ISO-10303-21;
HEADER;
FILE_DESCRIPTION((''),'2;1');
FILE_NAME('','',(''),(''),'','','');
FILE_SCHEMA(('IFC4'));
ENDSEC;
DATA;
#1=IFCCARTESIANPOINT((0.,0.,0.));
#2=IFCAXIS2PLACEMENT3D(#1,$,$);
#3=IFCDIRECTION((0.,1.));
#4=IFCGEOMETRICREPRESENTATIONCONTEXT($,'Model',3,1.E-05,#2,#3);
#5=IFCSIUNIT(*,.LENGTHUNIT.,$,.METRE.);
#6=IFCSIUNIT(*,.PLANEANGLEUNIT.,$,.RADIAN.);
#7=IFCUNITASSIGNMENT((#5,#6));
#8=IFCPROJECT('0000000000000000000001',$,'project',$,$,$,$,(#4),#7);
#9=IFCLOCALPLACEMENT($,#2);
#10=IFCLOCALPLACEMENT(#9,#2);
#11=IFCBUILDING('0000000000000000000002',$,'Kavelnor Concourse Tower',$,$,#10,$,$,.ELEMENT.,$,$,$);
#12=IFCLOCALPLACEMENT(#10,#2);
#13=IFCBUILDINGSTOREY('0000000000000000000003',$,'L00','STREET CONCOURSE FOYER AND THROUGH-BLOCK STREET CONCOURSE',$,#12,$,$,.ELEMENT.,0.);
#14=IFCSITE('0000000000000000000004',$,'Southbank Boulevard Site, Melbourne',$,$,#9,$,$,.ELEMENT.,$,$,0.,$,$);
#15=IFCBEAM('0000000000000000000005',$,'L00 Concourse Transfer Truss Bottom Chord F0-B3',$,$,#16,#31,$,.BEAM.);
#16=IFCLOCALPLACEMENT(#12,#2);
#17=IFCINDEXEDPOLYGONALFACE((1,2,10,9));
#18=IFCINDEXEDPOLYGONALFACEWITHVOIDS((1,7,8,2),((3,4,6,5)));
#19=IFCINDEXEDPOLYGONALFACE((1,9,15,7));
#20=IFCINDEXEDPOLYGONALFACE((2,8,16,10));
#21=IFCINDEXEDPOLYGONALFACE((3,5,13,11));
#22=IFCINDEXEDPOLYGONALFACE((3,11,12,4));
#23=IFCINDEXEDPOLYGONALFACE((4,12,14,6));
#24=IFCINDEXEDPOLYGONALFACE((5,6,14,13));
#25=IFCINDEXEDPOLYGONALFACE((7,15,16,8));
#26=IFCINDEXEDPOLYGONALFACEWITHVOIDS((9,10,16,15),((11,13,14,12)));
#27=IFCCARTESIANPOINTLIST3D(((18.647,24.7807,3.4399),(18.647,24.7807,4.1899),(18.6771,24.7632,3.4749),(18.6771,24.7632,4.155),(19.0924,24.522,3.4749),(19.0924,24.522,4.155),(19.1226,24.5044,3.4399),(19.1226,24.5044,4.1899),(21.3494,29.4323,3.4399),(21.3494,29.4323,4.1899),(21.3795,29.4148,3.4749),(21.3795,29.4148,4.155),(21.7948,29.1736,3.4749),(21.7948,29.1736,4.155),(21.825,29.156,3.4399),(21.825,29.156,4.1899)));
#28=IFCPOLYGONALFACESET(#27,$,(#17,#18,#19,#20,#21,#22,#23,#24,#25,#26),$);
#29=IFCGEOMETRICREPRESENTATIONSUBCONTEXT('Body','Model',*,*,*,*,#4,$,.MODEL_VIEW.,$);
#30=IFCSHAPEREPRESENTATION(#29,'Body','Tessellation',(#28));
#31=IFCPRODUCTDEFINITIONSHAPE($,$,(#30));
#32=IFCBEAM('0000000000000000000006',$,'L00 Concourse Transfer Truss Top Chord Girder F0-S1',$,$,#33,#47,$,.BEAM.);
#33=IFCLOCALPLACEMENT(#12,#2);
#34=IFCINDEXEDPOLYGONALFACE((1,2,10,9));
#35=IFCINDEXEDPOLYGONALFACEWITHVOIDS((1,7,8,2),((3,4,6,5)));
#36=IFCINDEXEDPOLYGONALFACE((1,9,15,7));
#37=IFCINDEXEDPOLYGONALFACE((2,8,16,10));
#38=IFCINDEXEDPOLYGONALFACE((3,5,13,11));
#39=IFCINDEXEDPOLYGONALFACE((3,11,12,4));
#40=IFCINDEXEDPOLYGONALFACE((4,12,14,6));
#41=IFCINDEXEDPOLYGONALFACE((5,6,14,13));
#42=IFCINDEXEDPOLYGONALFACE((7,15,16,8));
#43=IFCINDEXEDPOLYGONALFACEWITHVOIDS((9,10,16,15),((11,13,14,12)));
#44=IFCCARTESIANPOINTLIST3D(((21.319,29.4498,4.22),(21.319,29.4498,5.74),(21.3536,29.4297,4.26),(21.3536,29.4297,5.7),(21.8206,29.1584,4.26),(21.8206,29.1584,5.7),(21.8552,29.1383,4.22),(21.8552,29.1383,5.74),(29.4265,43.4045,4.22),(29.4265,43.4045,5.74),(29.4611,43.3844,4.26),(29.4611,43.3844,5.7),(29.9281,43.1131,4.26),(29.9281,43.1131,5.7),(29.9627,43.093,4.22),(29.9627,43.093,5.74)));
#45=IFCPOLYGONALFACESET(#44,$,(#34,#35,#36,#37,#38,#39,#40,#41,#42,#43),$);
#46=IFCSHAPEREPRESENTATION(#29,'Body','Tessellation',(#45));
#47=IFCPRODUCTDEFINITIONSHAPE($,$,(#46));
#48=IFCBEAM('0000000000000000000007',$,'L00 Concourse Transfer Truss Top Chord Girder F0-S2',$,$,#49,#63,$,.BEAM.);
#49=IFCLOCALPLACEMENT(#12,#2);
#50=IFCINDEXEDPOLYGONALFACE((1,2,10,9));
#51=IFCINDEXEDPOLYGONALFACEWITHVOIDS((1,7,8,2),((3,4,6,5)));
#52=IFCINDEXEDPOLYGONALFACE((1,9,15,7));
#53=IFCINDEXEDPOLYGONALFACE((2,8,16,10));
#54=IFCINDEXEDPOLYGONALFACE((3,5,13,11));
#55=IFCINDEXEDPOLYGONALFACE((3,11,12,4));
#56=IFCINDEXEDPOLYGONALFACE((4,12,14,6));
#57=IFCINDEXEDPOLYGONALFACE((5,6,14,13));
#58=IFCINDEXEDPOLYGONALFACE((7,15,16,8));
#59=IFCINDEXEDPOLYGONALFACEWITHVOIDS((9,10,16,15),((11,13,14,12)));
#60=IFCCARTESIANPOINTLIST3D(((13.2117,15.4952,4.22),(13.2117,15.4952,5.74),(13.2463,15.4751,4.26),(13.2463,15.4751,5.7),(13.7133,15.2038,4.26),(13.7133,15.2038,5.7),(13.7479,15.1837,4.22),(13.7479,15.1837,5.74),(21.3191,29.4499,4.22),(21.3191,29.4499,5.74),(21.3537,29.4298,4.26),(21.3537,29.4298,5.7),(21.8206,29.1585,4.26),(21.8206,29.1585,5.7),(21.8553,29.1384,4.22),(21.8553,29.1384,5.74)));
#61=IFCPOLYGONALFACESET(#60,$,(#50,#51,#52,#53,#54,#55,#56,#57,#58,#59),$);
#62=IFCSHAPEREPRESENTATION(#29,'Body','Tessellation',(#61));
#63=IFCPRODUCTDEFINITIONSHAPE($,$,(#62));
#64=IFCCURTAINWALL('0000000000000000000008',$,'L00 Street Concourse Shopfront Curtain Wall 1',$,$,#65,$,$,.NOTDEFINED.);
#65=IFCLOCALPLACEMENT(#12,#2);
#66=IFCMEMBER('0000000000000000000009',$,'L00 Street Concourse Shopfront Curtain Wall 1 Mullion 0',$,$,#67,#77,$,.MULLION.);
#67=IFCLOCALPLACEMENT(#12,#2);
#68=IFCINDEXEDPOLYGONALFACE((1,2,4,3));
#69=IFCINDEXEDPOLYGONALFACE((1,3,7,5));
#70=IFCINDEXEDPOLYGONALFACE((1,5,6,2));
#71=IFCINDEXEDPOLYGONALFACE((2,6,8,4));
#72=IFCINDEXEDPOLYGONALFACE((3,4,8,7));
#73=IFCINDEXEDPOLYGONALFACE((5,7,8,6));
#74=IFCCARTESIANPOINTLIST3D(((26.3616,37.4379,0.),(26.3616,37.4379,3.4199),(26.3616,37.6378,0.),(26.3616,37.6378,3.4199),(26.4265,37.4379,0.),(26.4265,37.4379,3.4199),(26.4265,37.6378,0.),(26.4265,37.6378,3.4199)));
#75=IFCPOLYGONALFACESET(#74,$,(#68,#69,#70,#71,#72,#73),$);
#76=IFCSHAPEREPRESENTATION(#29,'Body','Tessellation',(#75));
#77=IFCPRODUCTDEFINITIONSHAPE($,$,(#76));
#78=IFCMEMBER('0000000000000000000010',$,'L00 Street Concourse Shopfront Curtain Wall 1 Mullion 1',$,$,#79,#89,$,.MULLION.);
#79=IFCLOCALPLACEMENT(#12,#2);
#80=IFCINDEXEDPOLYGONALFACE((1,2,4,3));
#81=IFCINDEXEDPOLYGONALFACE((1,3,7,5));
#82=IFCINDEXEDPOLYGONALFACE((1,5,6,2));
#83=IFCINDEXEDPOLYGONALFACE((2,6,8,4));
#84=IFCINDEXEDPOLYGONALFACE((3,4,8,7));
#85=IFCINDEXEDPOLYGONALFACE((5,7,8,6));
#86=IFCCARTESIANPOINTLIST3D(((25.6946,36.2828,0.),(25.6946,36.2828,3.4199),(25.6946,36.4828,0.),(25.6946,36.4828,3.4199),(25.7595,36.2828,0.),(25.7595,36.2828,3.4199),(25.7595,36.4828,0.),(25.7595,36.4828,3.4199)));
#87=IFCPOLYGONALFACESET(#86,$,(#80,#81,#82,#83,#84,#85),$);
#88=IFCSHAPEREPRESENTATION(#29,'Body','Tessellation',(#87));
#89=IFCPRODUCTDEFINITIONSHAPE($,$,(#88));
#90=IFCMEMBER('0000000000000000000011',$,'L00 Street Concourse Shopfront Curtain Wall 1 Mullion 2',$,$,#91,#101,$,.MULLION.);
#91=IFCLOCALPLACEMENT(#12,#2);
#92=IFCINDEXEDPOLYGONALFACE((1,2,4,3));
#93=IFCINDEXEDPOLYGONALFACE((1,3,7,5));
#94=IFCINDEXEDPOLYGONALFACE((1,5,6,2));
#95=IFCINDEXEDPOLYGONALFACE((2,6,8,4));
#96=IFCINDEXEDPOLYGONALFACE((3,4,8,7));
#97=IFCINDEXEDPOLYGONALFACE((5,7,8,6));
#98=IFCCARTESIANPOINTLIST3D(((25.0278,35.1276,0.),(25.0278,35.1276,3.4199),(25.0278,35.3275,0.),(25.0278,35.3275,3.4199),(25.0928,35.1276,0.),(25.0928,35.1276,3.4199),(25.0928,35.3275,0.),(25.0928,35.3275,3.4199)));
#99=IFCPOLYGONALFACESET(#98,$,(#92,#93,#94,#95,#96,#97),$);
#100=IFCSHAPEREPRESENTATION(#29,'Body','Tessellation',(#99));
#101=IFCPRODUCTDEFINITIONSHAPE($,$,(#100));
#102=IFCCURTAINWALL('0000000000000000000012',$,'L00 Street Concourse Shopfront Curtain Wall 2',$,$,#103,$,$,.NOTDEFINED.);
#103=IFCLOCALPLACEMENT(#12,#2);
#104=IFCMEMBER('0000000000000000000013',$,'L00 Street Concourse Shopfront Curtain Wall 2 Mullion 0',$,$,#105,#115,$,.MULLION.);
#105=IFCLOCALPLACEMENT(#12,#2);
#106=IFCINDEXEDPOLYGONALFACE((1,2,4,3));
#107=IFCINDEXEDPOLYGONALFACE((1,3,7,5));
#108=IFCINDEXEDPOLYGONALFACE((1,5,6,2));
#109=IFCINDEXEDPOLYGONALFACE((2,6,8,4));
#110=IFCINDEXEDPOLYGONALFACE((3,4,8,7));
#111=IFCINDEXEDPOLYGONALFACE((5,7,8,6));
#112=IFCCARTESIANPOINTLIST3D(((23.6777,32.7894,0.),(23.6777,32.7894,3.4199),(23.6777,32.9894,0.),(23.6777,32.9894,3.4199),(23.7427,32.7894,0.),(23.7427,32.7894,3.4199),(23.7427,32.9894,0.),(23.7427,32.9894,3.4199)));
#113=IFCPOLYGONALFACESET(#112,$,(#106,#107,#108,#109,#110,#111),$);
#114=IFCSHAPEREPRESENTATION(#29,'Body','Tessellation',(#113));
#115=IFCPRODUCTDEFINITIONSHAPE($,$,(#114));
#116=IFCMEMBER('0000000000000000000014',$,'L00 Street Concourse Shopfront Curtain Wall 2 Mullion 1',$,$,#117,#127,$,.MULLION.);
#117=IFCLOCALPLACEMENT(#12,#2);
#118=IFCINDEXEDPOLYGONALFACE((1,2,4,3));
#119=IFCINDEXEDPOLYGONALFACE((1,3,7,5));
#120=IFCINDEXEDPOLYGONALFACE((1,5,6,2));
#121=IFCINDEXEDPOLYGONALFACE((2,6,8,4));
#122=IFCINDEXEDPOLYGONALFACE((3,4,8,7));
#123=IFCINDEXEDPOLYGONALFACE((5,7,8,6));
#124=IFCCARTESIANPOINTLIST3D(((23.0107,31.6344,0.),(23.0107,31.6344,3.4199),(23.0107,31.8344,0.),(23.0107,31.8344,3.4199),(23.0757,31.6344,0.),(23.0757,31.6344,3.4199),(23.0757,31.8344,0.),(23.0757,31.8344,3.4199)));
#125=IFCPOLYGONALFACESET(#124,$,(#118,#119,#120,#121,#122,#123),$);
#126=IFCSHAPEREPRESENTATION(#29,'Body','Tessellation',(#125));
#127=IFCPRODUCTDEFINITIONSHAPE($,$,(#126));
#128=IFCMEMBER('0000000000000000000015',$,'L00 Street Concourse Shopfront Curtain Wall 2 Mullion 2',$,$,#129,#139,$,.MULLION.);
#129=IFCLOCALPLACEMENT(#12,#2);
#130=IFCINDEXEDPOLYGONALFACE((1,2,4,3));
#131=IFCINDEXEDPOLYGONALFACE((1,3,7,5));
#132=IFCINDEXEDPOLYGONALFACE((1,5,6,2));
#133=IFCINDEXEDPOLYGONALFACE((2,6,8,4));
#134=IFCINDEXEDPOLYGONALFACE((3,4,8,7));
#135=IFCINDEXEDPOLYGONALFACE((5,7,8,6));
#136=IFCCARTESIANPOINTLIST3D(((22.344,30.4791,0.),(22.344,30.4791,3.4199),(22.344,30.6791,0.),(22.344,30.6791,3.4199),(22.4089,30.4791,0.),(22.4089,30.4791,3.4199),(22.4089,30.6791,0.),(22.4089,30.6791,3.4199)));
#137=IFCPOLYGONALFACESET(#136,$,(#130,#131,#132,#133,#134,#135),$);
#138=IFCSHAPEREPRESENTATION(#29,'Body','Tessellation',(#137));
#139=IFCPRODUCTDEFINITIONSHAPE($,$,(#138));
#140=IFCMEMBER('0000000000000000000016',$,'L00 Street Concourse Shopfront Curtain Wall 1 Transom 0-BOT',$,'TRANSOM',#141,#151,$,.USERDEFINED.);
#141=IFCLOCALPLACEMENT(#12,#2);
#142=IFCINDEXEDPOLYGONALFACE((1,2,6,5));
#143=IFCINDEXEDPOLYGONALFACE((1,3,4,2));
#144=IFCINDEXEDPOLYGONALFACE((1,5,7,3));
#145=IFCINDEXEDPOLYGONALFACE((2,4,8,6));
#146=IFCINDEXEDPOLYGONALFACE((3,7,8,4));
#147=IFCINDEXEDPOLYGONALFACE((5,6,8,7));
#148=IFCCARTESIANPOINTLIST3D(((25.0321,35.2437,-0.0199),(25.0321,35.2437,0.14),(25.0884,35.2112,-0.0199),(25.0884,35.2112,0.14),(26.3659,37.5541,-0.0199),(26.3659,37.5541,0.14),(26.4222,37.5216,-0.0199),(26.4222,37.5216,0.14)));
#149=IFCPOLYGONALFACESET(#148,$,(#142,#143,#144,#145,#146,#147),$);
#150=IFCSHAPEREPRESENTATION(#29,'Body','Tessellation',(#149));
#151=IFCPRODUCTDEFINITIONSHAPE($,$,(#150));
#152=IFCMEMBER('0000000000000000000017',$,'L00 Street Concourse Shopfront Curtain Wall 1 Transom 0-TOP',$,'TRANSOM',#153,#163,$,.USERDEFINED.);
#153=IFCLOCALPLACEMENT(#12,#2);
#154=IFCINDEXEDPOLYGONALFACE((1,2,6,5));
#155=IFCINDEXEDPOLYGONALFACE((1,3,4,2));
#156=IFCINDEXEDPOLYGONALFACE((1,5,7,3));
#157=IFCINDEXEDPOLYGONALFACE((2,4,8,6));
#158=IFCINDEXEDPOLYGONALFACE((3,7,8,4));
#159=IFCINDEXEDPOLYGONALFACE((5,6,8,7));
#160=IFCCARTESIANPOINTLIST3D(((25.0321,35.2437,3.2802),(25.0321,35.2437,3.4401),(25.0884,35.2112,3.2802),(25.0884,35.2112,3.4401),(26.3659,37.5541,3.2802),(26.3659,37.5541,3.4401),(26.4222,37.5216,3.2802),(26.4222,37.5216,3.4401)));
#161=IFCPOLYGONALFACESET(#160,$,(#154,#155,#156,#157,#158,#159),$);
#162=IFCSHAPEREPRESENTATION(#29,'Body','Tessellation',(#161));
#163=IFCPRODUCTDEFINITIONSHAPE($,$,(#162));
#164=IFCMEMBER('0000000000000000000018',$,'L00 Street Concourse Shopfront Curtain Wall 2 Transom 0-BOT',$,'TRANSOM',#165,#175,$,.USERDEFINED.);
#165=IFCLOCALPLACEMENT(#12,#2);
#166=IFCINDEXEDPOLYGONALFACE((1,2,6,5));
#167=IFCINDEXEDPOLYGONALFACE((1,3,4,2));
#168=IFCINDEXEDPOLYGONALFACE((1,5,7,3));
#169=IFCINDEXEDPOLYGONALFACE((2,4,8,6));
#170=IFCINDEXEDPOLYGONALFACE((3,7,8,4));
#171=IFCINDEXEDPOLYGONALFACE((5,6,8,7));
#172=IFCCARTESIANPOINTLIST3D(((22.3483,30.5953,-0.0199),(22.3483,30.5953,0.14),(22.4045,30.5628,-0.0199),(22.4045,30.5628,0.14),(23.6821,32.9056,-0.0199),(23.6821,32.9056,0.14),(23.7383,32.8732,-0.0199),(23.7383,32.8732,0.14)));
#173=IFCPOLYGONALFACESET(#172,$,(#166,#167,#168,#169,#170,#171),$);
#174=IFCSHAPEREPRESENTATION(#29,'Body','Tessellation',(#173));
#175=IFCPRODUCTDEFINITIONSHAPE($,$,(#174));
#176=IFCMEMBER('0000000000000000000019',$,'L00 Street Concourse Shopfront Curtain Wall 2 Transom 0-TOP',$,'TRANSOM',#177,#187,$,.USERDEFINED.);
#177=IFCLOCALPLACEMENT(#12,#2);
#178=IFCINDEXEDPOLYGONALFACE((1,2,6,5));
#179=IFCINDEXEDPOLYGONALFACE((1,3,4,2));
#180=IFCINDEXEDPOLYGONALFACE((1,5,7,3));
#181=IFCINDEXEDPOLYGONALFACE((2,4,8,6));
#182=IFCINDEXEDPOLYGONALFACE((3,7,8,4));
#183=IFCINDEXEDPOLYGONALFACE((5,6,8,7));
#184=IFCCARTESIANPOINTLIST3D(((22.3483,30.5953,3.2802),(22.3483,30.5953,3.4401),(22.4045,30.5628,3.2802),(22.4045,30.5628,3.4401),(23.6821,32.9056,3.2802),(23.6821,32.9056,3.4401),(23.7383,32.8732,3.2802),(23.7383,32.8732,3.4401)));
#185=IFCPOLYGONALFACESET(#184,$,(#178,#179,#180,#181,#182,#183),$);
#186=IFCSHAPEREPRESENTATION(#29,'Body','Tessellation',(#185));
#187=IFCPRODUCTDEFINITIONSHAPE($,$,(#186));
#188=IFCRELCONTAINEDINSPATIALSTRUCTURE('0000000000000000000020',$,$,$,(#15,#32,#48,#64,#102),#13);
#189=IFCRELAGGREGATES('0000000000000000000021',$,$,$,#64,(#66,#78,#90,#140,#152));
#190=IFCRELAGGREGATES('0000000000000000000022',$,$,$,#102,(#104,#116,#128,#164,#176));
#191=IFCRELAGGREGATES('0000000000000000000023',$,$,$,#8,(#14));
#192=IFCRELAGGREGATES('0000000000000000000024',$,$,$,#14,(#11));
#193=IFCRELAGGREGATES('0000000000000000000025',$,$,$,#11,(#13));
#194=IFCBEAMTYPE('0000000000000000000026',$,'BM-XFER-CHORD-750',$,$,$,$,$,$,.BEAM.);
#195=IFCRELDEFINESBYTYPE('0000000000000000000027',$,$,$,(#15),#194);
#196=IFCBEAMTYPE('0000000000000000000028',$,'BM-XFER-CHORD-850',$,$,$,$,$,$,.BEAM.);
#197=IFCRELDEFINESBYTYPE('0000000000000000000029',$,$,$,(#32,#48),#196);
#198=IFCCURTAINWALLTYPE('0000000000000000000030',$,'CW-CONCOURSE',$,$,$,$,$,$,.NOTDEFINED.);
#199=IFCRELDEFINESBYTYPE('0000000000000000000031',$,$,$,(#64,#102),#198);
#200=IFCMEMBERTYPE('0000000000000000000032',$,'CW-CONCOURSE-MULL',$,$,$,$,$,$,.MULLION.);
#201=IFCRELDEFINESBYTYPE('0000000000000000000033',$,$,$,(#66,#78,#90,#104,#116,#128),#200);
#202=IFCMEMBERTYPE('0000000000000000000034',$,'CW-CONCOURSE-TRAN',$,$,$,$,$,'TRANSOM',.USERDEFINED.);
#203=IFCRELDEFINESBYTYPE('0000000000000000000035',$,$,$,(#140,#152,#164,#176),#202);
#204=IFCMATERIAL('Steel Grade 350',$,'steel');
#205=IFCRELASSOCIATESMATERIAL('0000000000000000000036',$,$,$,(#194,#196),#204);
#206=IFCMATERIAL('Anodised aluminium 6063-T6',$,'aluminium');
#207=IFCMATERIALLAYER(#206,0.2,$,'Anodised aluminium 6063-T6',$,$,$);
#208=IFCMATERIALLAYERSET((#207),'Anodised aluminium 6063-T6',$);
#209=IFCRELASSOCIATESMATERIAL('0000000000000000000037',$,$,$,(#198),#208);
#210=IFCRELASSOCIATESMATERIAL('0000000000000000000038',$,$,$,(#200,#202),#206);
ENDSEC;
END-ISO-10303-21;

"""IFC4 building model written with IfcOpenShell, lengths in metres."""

from ifc_helpers import new_model, si_unit, direction, frame, origin, origin_2d, place, context, subcontext, project, spatial, rectangle, hollow_rectangle, extrude, material, layer, layer_set, material_profile, profile_set, type_object, element, aggregate, save


model = new_model("IFC4")

# Units and contexts
model_context = context("Model", 3, precision=1e-05, world=origin(), true_north=direction((0.0, 1.0)))
body_context = subcontext(model_context, "Body", "Model", "MODEL_VIEW")
ifc_project = project(units=[si_unit("LENGTHUNIT", "METRE"), si_unit("PLANEANGLEUNIT", "RADIAN")], contexts=[model_context])

# Site, building, storey
site_placement = place(None, origin())
site = spatial("IfcSite", under=ifc_project, at=site_placement, Name="Southbank Boulevard Site, Melbourne", CompositionType="ELEMENT", RefElevation=0.0)
building_placement = place(site_placement, origin())
building = spatial("IfcBuilding", under=site, at=building_placement, Name="Kavelnor Concourse Tower", CompositionType="ELEMENT")
storey_placement = place(building_placement, origin())
storey = spatial("IfcBuildingStorey", under=building, at=storey_placement, Name="L00", Description="STREET CONCOURSE FOYER AND THROUGH-BLOCK STREET CONCOURSE", CompositionType="ELEMENT", Elevation=0.0)

# Shared definitions
ifc_material_1 = material(Name="Steel Grade 350", Category="steel")

# Beams
ifc_material_profile_1 = material_profile(ifc_material_1, hollow_rectangle(XDim=0.55, YDim=0.75, WallThickness=0.0349, at=origin_2d()), Name="RHS 750x550x35")
ifc_profile_set_1 = profile_set([ifc_material_profile_1], Name="Steel Grade 350")
beam_type_1 = type_object("IfcBeamType", Name="BM-XFER-CHORD-750", PredefinedType="BEAM", material=ifc_profile_set_1)
for number, where, z_axis, x_axis, name in (
    (1, (21.5872, 29.2942, 3.8149), (-0.502338, -0.864671, 0.0), (0.864671, -0.502338, 0.0), "L00 Concourse Transfer Truss Bottom Chord F0-B3"),
):
    element("IfcBeam", number, at=place(storey_placement, frame(where, z_axis=z_axis, x_axis=x_axis)), inside=storey, type_object=beam_type_1, Name=name, PredefinedType="BEAM", context=body_context, shape_type="SweptSolid", body=[
        extrude(hollow_rectangle(XDim=0.55, YDim=0.75, WallThickness=0.0349, at=origin_2d()), origin(), (0.0, 0.0, 1.0), 5.3796),
    ])
ifc_material_profile_2 = material_profile(ifc_material_1, hollow_rectangle(XDim=0.6201, YDim=1.52, WallThickness=0.04, at=origin_2d()), Name="RHS 1520x620x40")
ifc_profile_set_2 = profile_set([ifc_material_profile_2], Name="Steel Grade 350")
beam_type_2 = type_object("IfcBeamType", Name="BM-XFER-CHORD-850", PredefinedType="BEAM", material=ifc_profile_set_2)
for number, where, z_axis, x_axis, name in (
    (2, (29.6946, 43.2488, 4.98), (-0.502356, -0.864661, 0.0), (0.864661, -0.502356, 0.0), "L00 Concourse Transfer Truss Top Chord Girder F0-S1"),
    (3, (21.5872, 29.2942, 4.98), (-0.502349, -0.864665, 0.0), (0.864665, -0.502349, 0.0), "L00 Concourse Transfer Truss Top Chord Girder F0-S2"),
):
    element("IfcBeam", number, at=place(storey_placement, frame(where, z_axis=z_axis, x_axis=x_axis)), inside=storey, type_object=beam_type_2, Name=name, PredefinedType="BEAM", context=body_context, shape_type="SweptSolid", body=[
        extrude(hollow_rectangle(XDim=0.6201, YDim=1.52, WallThickness=0.04, at=origin_2d()), origin(), (0.0, 0.0, 1.0), 16.1389),
    ])

# Curtain walls, members
ifc_material_2 = material(Name="Anodised aluminium 6063-T6", Category="aluminium")
ifc_layer_1 = layer(ifc_material_2, 0.2, Name="Anodised aluminium 6063-T6")
ifc_layer_set_1 = layer_set([ifc_layer_1], Name="Anodised aluminium 6063-T6")
curtain_wall_type = type_object("IfcCurtainWallType", Name="CW-CONCOURSE", PredefinedType="NOTDEFINED", material=ifc_layer_set_1)
curtain_wall_1_placement = place(storey_placement, origin())
curtain_wall_1 = element("IfcCurtainWall", 4, at=curtain_wall_1_placement, inside=storey, type_object=curtain_wall_type, Name="L00 Street Concourse Shopfront Curtain Wall 1", PredefinedType="NOTDEFINED")
ifc_material_profile_3 = material_profile(ifc_material_2, rectangle(XDim=0.0649, YDim=0.2, at=origin_2d()), Name="AL-MULL 65x200")
ifc_profile_set_3 = profile_set([ifc_material_profile_3], Name="Anodised aluminium 6063-T6")
member_type_1 = type_object("IfcMemberType", Name="CW-CONCOURSE-MULL", PredefinedType="MULLION", material=ifc_profile_set_3)
member_1_placement = place(storey_placement, frame((26.394, 37.5378, 0.0), z_axis=(0.0, 0.0, 1.0), x_axis=(1.0, 0.0, 0.0)))
member_1 = element("IfcMember", 5, at=member_1_placement, type_object=member_type_1, Name="L00 Street Concourse Shopfront Curtain Wall 1 Mullion 0", PredefinedType="MULLION", context=body_context, shape_type="SweptSolid", body=[
    extrude(rectangle(XDim=0.0649, YDim=0.2, at=origin_2d()), origin(), (0.0, 0.0, 1.0), 3.4199),
])
member_2_placement = place(storey_placement, frame((25.7271, 36.3828, 0.0), z_axis=(0.0, 0.0, 1.0), x_axis=(1.0, 0.0, 0.0)))
member_2 = element("IfcMember", 6, at=member_2_placement, type_object=member_type_1, Name="L00 Street Concourse Shopfront Curtain Wall 1 Mullion 1", PredefinedType="MULLION", context=body_context, shape_type="SweptSolid", body=[
    extrude(rectangle(XDim=0.0649, YDim=0.2, at=origin_2d()), origin(), (0.0, 0.0, 1.0), 3.4199),
])
member_3_placement = place(storey_placement, frame((25.0603, 35.2275, 0.0), z_axis=(0.0, 0.0, 1.0), x_axis=(1.0, 0.0, 0.0)))
member_3 = element("IfcMember", 7, at=member_3_placement, type_object=member_type_1, Name="L00 Street Concourse Shopfront Curtain Wall 1 Mullion 2", PredefinedType="MULLION", context=body_context, shape_type="SweptSolid", body=[
    extrude(rectangle(XDim=0.0649, YDim=0.2, at=origin_2d()), origin(), (0.0, 0.0, 1.0), 3.4199),
])
curtain_wall_2_placement = place(storey_placement, origin())
curtain_wall_2 = element("IfcCurtainWall", 8, at=curtain_wall_2_placement, inside=storey, type_object=curtain_wall_type, Name="L00 Street Concourse Shopfront Curtain Wall 2", PredefinedType="NOTDEFINED")
member_4_placement = place(storey_placement, frame((23.7102, 32.8894, 0.0), z_axis=(0.0, 0.0, 1.0), x_axis=(1.0, 0.0, 0.0)))
member_4 = element("IfcMember", 9, at=member_4_placement, type_object=member_type_1, Name="L00 Street Concourse Shopfront Curtain Wall 2 Mullion 0", PredefinedType="MULLION", context=body_context, shape_type="SweptSolid", body=[
    extrude(rectangle(XDim=0.0649, YDim=0.2, at=origin_2d()), origin(), (0.0, 0.0, 1.0), 3.4199),
])
member_5_placement = place(storey_placement, frame((23.0432, 31.7344, 0.0), z_axis=(0.0, 0.0, 1.0), x_axis=(1.0, 0.0, 0.0)))
member_5 = element("IfcMember", 10, at=member_5_placement, type_object=member_type_1, Name="L00 Street Concourse Shopfront Curtain Wall 2 Mullion 1", PredefinedType="MULLION", context=body_context, shape_type="SweptSolid", body=[
    extrude(rectangle(XDim=0.0649, YDim=0.2, at=origin_2d()), origin(), (0.0, 0.0, 1.0), 3.4199),
])
member_6_placement = place(storey_placement, frame((22.3765, 30.5791, 0.0), z_axis=(0.0, 0.0, 1.0), x_axis=(1.0, 0.0, 0.0)))
member_6 = element("IfcMember", 11, at=member_6_placement, type_object=member_type_1, Name="L00 Street Concourse Shopfront Curtain Wall 2 Mullion 2", PredefinedType="MULLION", context=body_context, shape_type="SweptSolid", body=[
    extrude(rectangle(XDim=0.0649, YDim=0.2, at=origin_2d()), origin(), (0.0, 0.0, 1.0), 3.4199),
])

# Members
ifc_material_profile_4 = material_profile(ifc_material_2, rectangle(XDim=0.0649, YDim=0.1599, at=origin_2d()), Name="AL-TRAN 65x160")
ifc_profile_set_4 = profile_set([ifc_material_profile_4], Name="Anodised aluminium 6063-T6")
member_type_2 = type_object("IfcMemberType", Name="CW-CONCOURSE-TRAN", ElementType="TRANSOM", PredefinedType="USERDEFINED", material=ifc_profile_set_4)
member_7_placement = place(storey_placement, frame((26.394, 37.5378, 0.0601), z_axis=(-0.499968, -0.866044, 0.0), x_axis=(0.866044, -0.499968, 0.0)))
member_7 = element("IfcMember", 12, at=member_7_placement, type_object=member_type_2, Name="L00 Street Concourse Shopfront Curtain Wall 1 Transom 0-BOT", ObjectType="TRANSOM", PredefinedType="USERDEFINED", context=body_context, shape_type="SweptSolid", body=[
    extrude(rectangle(XDim=0.0649, YDim=0.1599, at=origin_2d()), origin(), (0.0, 0.0, 1.0), 2.6677),
])
member_8_placement = place(storey_placement, frame((26.394, 37.5378, 3.3601), z_axis=(-0.499968, -0.866044, 0.0), x_axis=(0.866044, -0.499968, 0.0)))
member_8 = element("IfcMember", 13, at=member_8_placement, type_object=member_type_2, Name="L00 Street Concourse Shopfront Curtain Wall 1 Transom 0-TOP", ObjectType="TRANSOM", PredefinedType="USERDEFINED", context=body_context, shape_type="SweptSolid", body=[
    extrude(rectangle(XDim=0.0649, YDim=0.1599, at=origin_2d()), origin(), (0.0, 0.0, 1.0), 2.6677),
])
member_9_placement = place(storey_placement, frame((23.7102, 32.8894, 0.0601), z_axis=(-0.499968, -0.866044, 0.0), x_axis=(0.866044, -0.499968, 0.0)))
member_9 = element("IfcMember", 14, at=member_9_placement, type_object=member_type_2, Name="L00 Street Concourse Shopfront Curtain Wall 2 Transom 0-BOT", ObjectType="TRANSOM", PredefinedType="USERDEFINED", context=body_context, shape_type="SweptSolid", body=[
    extrude(rectangle(XDim=0.0649, YDim=0.1599, at=origin_2d()), origin(), (0.0, 0.0, 1.0), 2.6677),
])
member_10_placement = place(storey_placement, frame((23.7102, 32.8894, 3.3601), z_axis=(-0.499968, -0.866044, 0.0), x_axis=(0.866044, -0.499968, 0.0)))
member_10 = element("IfcMember", 15, at=member_10_placement, type_object=member_type_2, Name="L00 Street Concourse Shopfront Curtain Wall 2 Transom 0-TOP", ObjectType="TRANSOM", PredefinedType="USERDEFINED", context=body_context, shape_type="SweptSolid", body=[
    extrude(rectangle(XDim=0.0649, YDim=0.1599, at=origin_2d()), origin(), (0.0, 0.0, 1.0), 2.6677),
])

aggregate(curtain_wall_1, [member_1, member_2, member_3, member_7, member_8])
aggregate(curtain_wall_2, [member_4, member_5, member_6, member_9, member_10])

save(model, "model.ifc")
